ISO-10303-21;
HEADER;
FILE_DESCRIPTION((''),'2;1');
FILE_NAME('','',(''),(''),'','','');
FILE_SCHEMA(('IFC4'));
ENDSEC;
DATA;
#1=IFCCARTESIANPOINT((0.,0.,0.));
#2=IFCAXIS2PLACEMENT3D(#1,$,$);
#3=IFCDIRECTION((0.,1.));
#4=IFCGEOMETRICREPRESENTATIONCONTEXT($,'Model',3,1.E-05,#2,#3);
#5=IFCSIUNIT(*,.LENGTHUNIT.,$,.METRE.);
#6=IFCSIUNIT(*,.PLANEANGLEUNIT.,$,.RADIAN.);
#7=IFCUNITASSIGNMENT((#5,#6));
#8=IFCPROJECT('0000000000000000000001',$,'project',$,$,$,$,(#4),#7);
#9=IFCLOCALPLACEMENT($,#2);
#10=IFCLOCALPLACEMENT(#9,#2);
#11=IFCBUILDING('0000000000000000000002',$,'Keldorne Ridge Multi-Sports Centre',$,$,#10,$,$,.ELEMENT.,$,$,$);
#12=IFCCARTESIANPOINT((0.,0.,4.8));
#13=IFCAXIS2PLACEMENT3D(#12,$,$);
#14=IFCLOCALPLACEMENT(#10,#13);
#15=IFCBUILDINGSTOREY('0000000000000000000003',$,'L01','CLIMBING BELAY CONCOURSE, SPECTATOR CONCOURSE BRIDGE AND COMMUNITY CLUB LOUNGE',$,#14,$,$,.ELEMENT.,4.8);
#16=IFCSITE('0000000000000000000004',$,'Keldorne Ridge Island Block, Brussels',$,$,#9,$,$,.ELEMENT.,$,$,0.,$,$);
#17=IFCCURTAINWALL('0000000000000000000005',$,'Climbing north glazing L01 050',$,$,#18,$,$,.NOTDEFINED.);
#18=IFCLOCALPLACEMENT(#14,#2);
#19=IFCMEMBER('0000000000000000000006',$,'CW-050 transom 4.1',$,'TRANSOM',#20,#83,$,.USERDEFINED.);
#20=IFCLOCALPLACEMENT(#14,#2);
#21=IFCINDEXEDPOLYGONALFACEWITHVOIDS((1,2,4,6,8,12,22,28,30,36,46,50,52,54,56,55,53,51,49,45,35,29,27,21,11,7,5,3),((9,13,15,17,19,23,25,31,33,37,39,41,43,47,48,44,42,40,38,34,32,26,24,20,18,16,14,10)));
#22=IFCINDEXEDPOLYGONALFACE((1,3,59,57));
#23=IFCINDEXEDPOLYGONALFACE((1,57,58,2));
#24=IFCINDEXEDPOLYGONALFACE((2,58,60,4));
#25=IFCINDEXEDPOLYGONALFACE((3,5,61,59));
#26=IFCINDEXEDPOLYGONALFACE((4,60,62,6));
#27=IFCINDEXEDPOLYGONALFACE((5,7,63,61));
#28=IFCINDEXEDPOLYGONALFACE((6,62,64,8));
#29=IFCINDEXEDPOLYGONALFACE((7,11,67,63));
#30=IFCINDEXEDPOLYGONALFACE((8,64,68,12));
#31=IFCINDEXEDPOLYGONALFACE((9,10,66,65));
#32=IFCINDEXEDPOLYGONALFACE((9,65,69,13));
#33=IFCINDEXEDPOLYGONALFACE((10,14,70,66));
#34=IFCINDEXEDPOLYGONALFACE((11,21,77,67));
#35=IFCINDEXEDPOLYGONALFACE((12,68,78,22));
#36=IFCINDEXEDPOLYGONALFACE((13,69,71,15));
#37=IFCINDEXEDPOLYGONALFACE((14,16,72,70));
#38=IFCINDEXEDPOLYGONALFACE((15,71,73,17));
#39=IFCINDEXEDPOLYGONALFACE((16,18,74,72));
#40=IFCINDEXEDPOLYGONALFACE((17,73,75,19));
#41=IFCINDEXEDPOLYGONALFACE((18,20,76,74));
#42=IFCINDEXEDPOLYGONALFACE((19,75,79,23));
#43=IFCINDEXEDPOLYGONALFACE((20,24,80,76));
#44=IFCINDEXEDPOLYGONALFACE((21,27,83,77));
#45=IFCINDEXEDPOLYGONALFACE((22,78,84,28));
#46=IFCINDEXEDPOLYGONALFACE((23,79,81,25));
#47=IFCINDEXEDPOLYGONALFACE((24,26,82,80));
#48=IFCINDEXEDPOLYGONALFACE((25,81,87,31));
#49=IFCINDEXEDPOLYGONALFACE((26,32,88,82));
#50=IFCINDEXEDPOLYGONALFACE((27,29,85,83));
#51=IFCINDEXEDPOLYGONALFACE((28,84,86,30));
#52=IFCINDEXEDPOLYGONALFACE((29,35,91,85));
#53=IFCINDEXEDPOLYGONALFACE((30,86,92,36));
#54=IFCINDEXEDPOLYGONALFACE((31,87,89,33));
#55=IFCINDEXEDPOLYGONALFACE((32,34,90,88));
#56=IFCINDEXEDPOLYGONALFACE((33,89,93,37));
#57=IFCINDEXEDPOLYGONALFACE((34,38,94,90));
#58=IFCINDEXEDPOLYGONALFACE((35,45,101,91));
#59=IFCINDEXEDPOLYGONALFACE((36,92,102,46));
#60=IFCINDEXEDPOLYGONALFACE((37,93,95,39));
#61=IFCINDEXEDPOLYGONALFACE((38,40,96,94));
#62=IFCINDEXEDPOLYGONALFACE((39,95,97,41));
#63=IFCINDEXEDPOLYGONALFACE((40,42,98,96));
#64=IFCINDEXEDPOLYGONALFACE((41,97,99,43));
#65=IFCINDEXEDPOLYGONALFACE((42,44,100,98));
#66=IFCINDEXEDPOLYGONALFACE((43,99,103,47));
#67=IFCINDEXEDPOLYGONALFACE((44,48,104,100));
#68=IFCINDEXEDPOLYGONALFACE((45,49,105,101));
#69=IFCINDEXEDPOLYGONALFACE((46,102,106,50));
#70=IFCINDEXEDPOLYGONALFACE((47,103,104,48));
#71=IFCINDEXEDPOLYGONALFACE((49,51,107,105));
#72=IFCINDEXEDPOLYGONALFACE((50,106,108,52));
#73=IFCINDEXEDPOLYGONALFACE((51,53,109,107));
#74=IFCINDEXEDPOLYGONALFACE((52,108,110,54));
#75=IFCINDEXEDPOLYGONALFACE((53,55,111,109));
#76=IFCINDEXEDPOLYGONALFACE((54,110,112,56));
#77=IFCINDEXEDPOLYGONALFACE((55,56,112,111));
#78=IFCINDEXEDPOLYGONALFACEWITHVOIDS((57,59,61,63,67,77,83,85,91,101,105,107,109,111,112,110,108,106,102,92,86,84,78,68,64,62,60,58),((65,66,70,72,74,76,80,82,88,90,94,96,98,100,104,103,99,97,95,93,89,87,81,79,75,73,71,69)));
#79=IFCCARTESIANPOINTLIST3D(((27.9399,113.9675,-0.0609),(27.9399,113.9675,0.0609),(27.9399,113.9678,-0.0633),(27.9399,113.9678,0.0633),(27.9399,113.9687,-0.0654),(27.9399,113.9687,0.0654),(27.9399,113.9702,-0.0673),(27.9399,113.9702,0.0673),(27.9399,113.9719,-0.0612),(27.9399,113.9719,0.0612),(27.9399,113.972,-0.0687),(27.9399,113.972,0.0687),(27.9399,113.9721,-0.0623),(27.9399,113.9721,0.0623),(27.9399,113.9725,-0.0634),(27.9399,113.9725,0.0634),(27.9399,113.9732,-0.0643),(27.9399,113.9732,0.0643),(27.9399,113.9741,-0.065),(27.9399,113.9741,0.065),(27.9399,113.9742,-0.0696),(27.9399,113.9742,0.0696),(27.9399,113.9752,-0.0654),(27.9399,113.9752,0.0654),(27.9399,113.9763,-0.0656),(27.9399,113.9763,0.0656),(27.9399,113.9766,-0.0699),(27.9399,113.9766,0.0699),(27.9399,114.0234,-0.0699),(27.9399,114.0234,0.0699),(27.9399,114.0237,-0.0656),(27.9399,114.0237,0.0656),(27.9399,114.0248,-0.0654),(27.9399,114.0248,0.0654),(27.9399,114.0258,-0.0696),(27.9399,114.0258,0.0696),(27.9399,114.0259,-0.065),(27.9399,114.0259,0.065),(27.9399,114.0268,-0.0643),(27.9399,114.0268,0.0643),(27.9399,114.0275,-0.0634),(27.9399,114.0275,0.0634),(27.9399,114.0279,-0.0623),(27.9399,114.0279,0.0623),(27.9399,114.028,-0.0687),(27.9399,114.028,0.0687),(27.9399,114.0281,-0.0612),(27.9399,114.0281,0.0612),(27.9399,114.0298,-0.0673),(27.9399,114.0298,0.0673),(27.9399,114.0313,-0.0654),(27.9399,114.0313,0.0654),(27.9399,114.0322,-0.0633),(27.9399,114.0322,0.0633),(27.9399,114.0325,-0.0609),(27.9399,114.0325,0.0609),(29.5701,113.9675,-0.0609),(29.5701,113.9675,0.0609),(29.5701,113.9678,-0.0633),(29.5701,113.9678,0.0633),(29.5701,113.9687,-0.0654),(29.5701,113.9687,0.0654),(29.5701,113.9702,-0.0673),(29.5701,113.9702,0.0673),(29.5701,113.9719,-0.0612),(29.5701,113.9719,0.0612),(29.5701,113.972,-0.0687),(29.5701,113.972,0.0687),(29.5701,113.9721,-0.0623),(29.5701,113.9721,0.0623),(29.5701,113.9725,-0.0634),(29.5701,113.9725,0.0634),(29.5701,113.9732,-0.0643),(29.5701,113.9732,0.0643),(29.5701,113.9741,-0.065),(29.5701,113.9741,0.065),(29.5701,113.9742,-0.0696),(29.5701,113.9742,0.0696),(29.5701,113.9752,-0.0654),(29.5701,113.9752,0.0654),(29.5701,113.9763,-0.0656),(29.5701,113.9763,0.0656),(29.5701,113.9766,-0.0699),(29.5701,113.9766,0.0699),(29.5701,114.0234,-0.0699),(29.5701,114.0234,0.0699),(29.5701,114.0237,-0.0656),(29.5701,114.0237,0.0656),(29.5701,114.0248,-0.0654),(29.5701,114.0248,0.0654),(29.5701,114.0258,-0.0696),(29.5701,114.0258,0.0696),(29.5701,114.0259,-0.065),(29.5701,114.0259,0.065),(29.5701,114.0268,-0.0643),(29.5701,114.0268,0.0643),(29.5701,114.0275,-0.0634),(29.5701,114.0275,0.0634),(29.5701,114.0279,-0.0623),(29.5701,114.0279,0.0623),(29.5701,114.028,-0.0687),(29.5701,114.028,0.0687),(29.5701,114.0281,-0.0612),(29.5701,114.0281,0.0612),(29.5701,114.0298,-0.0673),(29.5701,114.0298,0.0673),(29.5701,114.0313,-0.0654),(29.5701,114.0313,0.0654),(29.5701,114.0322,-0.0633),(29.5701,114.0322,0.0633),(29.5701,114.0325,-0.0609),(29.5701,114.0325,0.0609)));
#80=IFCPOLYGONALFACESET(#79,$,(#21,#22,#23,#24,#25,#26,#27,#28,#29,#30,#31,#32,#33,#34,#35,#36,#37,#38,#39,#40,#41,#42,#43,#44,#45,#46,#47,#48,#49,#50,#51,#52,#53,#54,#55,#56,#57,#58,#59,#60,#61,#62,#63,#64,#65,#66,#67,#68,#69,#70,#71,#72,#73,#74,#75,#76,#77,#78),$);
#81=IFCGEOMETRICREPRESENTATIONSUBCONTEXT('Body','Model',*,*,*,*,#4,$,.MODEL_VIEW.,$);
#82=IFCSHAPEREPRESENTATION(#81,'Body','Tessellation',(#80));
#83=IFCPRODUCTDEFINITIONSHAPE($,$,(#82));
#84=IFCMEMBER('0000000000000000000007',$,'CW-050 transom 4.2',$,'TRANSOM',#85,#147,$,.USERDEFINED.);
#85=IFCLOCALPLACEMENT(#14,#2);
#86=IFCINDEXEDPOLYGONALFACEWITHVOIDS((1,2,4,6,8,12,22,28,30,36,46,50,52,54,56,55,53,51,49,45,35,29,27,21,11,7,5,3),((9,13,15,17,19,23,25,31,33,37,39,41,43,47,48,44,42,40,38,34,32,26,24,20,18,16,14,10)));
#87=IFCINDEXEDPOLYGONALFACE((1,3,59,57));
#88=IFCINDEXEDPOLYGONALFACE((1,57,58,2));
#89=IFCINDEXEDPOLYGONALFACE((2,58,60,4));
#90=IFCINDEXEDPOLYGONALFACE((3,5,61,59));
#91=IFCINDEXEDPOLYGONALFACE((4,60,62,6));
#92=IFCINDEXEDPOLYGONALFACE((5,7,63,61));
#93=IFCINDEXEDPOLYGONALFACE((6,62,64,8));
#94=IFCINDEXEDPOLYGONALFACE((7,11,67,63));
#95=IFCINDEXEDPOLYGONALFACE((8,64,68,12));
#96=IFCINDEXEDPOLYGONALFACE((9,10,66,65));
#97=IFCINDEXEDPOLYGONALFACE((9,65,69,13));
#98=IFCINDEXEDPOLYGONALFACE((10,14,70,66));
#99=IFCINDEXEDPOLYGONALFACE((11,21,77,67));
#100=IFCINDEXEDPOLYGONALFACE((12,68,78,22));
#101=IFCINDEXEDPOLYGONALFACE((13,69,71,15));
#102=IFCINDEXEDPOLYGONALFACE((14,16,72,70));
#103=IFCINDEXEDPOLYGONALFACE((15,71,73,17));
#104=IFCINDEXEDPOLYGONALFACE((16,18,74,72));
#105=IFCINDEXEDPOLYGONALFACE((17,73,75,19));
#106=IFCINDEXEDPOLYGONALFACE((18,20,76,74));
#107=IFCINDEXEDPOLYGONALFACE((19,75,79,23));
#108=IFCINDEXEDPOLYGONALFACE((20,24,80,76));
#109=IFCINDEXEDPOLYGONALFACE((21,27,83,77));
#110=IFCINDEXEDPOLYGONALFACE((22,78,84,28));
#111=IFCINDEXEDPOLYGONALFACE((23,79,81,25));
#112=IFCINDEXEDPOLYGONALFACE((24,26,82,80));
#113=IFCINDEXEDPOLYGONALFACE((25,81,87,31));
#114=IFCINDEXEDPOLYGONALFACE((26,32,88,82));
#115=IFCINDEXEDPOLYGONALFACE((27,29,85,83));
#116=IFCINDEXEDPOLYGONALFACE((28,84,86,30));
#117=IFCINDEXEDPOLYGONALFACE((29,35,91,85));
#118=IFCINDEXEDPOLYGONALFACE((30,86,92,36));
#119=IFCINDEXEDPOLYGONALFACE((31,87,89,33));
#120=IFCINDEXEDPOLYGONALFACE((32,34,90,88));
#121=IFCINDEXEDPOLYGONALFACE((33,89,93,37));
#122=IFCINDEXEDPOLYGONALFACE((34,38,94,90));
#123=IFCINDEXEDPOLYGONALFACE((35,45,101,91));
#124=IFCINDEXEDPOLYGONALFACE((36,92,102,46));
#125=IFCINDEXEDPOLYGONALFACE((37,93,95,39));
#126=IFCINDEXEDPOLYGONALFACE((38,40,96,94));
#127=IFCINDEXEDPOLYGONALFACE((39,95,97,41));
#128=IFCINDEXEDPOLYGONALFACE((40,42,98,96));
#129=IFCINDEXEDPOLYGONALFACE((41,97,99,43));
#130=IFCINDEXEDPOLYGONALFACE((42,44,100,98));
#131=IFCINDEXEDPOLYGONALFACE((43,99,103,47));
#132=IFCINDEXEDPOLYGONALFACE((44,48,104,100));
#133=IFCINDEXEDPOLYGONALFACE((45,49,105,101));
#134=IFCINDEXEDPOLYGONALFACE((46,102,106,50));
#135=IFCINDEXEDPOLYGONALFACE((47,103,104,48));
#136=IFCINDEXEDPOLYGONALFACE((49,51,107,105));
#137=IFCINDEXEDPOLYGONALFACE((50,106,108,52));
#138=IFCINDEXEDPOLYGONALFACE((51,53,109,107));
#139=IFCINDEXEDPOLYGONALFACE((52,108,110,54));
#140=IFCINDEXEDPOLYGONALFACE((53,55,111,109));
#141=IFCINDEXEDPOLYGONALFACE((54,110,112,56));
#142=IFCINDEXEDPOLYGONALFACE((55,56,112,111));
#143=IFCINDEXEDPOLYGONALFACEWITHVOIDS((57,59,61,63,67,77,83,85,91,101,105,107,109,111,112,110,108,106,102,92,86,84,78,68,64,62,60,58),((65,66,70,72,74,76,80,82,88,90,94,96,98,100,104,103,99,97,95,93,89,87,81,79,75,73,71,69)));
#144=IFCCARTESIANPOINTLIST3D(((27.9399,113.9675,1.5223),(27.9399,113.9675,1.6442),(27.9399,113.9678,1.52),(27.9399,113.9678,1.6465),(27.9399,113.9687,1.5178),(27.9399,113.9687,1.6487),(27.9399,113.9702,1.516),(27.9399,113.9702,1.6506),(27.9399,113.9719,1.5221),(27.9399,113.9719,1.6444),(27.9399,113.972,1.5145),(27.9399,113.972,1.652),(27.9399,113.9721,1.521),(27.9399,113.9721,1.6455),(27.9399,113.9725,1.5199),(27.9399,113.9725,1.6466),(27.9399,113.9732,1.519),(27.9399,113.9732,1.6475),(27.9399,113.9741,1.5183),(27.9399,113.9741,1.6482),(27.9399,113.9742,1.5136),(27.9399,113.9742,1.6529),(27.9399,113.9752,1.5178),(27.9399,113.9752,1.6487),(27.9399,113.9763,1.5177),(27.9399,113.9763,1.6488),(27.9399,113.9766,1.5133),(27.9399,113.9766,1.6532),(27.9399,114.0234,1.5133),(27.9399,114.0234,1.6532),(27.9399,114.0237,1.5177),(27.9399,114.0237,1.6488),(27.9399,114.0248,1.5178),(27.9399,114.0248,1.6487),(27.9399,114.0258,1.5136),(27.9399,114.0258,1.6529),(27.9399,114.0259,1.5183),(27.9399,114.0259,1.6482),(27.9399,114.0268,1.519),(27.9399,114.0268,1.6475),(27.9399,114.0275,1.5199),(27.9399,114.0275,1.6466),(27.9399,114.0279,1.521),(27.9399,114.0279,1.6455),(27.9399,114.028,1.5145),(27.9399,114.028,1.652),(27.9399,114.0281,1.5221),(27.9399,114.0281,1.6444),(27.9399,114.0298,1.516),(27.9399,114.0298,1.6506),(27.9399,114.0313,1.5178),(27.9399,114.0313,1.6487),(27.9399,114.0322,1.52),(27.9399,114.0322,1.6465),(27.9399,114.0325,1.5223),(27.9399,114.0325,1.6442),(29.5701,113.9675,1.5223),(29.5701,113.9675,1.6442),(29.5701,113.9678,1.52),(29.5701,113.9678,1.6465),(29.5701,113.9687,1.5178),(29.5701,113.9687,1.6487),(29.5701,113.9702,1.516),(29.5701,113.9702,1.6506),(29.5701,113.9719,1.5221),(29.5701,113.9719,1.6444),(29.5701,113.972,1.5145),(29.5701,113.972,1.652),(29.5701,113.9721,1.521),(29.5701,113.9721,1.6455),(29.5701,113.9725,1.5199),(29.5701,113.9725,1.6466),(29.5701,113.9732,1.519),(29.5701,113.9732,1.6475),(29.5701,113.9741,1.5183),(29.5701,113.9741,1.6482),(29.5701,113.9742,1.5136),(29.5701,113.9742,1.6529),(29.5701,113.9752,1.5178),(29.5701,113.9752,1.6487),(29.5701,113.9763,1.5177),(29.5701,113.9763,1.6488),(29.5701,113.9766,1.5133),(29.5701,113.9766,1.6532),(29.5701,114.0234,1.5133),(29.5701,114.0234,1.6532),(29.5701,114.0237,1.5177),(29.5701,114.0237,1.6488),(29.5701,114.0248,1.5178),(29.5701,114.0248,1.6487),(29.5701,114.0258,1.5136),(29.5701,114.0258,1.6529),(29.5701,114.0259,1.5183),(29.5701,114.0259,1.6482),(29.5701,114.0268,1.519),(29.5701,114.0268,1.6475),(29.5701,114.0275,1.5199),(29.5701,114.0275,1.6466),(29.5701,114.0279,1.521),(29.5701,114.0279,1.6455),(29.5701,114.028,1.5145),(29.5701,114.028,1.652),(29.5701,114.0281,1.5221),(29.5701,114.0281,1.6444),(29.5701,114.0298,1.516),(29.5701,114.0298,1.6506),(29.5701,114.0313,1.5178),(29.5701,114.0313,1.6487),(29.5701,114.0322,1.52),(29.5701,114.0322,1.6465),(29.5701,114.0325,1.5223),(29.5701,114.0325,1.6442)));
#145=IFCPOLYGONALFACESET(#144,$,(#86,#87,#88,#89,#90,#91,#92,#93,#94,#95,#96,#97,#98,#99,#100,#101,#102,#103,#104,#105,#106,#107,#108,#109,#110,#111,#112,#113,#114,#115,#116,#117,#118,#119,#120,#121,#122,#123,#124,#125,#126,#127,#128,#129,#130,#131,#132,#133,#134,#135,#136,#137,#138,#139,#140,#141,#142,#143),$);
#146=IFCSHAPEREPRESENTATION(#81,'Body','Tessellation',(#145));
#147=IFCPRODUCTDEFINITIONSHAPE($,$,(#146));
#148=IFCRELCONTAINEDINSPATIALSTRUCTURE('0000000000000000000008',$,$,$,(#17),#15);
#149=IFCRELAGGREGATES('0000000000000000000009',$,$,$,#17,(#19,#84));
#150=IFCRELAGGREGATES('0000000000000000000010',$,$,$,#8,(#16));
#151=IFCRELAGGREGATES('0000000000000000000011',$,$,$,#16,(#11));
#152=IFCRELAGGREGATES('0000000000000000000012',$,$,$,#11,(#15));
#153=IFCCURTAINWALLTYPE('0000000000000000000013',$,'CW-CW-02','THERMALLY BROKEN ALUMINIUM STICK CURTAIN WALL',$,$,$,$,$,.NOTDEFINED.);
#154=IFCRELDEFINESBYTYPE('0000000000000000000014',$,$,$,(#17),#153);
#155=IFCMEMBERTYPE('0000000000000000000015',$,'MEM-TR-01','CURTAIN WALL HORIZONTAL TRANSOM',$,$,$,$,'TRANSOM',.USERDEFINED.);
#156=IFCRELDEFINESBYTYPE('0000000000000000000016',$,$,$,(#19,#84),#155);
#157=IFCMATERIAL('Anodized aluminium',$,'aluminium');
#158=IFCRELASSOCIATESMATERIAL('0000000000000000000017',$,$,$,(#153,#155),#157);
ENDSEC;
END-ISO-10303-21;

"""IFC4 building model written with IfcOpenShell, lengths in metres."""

from ifc_helpers import new_model, si_unit, direction, frame, origin, origin_2d, place, context, subcontext, project, spatial, hollow_rectangle, extrude, material, material_profile, profile_set, type_object, element, aggregate, save


model = new_model("IFC4")

# Units and contexts
model_context = context("Model", 3, precision=1e-05, world=origin(), true_north=direction((0.0, 1.0)))
body_context = subcontext(model_context, "Body", "Model", "MODEL_VIEW")
ifc_project = project(units=[si_unit("LENGTHUNIT", "METRE"), si_unit("PLANEANGLEUNIT", "RADIAN")], contexts=[model_context])

# Site, building, storey
site_placement = place(None, origin())
site = spatial("IfcSite", under=ifc_project, at=site_placement, Name="Keldorne Ridge Island Block, Brussels", CompositionType="ELEMENT", RefElevation=0.0)
building_placement = place(site_placement, origin())
building = spatial("IfcBuilding", under=site, at=building_placement, Name="Keldorne Ridge Multi-Sports Centre", CompositionType="ELEMENT")
storey_placement = place(building_placement, frame((0.0, 0.0, 4.8)))
storey = spatial("IfcBuildingStorey", under=building, at=storey_placement, Name="L01", Description="CLIMBING BELAY CONCOURSE, SPECTATOR CONCOURSE BRIDGE AND COMMUNITY CLUB LOUNGE", CompositionType="ELEMENT", Elevation=4.8)

# Curtain wall
ifc_material_1 = material(Name="Anodized aluminium", Category="aluminium")
curtain_wall_type_1 = type_object("IfcCurtainWallType", Name="CW-CW-02", Description="THERMALLY BROKEN ALUMINIUM STICK CURTAIN WALL", PredefinedType="NOTDEFINED", material=ifc_material_1)
curtain_wall_1_placement = place(storey_placement, origin())
curtain_wall_1 = element("IfcCurtainWall", 1, at=curtain_wall_1_placement, inside=storey, type_object=curtain_wall_type_1, Name="Climbing north glazing L01 050", PredefinedType="NOTDEFINED")

# Members
ifc_material_profile_1 = material_profile(ifc_material_1, hollow_rectangle(XDim=0.0649, YDim=0.1399, WallThickness=0.0044, InnerFilletRadius=0.0044, OuterFilletRadius=0.009, at=origin_2d()), Name="ALU TRANSOM 140x65x4.5")
ifc_profile_set_1 = profile_set([ifc_material_profile_1], Name="Anodized aluminium")
member_type_1 = type_object("IfcMemberType", Name="MEM-TR-01", Description="CURTAIN WALL HORIZONTAL TRANSOM", ElementType="TRANSOM", PredefinedType="USERDEFINED", material=ifc_profile_set_1)
member_1_placement = place(storey_placement, frame((29.5701, 114.0, 0.0), z_axis=(-1.0, 0.0, 0.0), x_axis=(0.0, -1.0, 0.0)))
member_1 = element("IfcMember", 2, at=member_1_placement, type_object=member_type_1, Name="CW-050 transom 4.1", ObjectType="TRANSOM", PredefinedType="USERDEFINED", context=body_context, shape_type="SweptSolid", body=[
    extrude(hollow_rectangle(XDim=0.0649, YDim=0.1399, WallThickness=0.0044, InnerFilletRadius=0.0044, OuterFilletRadius=0.009, at=origin_2d()), origin(), (0.0, 0.0, 1.0), 1.6301),
])
member_2_placement = place(storey_placement, frame((29.5701, 114.0, 1.5833), z_axis=(-1.0, 0.0, 0.0), x_axis=(0.0, -1.0, 0.0)))
member_2 = element("IfcMember", 3, at=member_2_placement, type_object=member_type_1, Name="CW-050 transom 4.2", ObjectType="TRANSOM", PredefinedType="USERDEFINED", context=body_context, shape_type="SweptSolid", body=[
    extrude(hollow_rectangle(XDim=0.0649, YDim=0.1399, WallThickness=0.0044, InnerFilletRadius=0.0044, OuterFilletRadius=0.009, at=origin_2d()), origin(), (0.0, 0.0, 1.0), 1.6301),
])

aggregate(curtain_wall_1, [member_1, member_2])

save(model, "model.ifc")
